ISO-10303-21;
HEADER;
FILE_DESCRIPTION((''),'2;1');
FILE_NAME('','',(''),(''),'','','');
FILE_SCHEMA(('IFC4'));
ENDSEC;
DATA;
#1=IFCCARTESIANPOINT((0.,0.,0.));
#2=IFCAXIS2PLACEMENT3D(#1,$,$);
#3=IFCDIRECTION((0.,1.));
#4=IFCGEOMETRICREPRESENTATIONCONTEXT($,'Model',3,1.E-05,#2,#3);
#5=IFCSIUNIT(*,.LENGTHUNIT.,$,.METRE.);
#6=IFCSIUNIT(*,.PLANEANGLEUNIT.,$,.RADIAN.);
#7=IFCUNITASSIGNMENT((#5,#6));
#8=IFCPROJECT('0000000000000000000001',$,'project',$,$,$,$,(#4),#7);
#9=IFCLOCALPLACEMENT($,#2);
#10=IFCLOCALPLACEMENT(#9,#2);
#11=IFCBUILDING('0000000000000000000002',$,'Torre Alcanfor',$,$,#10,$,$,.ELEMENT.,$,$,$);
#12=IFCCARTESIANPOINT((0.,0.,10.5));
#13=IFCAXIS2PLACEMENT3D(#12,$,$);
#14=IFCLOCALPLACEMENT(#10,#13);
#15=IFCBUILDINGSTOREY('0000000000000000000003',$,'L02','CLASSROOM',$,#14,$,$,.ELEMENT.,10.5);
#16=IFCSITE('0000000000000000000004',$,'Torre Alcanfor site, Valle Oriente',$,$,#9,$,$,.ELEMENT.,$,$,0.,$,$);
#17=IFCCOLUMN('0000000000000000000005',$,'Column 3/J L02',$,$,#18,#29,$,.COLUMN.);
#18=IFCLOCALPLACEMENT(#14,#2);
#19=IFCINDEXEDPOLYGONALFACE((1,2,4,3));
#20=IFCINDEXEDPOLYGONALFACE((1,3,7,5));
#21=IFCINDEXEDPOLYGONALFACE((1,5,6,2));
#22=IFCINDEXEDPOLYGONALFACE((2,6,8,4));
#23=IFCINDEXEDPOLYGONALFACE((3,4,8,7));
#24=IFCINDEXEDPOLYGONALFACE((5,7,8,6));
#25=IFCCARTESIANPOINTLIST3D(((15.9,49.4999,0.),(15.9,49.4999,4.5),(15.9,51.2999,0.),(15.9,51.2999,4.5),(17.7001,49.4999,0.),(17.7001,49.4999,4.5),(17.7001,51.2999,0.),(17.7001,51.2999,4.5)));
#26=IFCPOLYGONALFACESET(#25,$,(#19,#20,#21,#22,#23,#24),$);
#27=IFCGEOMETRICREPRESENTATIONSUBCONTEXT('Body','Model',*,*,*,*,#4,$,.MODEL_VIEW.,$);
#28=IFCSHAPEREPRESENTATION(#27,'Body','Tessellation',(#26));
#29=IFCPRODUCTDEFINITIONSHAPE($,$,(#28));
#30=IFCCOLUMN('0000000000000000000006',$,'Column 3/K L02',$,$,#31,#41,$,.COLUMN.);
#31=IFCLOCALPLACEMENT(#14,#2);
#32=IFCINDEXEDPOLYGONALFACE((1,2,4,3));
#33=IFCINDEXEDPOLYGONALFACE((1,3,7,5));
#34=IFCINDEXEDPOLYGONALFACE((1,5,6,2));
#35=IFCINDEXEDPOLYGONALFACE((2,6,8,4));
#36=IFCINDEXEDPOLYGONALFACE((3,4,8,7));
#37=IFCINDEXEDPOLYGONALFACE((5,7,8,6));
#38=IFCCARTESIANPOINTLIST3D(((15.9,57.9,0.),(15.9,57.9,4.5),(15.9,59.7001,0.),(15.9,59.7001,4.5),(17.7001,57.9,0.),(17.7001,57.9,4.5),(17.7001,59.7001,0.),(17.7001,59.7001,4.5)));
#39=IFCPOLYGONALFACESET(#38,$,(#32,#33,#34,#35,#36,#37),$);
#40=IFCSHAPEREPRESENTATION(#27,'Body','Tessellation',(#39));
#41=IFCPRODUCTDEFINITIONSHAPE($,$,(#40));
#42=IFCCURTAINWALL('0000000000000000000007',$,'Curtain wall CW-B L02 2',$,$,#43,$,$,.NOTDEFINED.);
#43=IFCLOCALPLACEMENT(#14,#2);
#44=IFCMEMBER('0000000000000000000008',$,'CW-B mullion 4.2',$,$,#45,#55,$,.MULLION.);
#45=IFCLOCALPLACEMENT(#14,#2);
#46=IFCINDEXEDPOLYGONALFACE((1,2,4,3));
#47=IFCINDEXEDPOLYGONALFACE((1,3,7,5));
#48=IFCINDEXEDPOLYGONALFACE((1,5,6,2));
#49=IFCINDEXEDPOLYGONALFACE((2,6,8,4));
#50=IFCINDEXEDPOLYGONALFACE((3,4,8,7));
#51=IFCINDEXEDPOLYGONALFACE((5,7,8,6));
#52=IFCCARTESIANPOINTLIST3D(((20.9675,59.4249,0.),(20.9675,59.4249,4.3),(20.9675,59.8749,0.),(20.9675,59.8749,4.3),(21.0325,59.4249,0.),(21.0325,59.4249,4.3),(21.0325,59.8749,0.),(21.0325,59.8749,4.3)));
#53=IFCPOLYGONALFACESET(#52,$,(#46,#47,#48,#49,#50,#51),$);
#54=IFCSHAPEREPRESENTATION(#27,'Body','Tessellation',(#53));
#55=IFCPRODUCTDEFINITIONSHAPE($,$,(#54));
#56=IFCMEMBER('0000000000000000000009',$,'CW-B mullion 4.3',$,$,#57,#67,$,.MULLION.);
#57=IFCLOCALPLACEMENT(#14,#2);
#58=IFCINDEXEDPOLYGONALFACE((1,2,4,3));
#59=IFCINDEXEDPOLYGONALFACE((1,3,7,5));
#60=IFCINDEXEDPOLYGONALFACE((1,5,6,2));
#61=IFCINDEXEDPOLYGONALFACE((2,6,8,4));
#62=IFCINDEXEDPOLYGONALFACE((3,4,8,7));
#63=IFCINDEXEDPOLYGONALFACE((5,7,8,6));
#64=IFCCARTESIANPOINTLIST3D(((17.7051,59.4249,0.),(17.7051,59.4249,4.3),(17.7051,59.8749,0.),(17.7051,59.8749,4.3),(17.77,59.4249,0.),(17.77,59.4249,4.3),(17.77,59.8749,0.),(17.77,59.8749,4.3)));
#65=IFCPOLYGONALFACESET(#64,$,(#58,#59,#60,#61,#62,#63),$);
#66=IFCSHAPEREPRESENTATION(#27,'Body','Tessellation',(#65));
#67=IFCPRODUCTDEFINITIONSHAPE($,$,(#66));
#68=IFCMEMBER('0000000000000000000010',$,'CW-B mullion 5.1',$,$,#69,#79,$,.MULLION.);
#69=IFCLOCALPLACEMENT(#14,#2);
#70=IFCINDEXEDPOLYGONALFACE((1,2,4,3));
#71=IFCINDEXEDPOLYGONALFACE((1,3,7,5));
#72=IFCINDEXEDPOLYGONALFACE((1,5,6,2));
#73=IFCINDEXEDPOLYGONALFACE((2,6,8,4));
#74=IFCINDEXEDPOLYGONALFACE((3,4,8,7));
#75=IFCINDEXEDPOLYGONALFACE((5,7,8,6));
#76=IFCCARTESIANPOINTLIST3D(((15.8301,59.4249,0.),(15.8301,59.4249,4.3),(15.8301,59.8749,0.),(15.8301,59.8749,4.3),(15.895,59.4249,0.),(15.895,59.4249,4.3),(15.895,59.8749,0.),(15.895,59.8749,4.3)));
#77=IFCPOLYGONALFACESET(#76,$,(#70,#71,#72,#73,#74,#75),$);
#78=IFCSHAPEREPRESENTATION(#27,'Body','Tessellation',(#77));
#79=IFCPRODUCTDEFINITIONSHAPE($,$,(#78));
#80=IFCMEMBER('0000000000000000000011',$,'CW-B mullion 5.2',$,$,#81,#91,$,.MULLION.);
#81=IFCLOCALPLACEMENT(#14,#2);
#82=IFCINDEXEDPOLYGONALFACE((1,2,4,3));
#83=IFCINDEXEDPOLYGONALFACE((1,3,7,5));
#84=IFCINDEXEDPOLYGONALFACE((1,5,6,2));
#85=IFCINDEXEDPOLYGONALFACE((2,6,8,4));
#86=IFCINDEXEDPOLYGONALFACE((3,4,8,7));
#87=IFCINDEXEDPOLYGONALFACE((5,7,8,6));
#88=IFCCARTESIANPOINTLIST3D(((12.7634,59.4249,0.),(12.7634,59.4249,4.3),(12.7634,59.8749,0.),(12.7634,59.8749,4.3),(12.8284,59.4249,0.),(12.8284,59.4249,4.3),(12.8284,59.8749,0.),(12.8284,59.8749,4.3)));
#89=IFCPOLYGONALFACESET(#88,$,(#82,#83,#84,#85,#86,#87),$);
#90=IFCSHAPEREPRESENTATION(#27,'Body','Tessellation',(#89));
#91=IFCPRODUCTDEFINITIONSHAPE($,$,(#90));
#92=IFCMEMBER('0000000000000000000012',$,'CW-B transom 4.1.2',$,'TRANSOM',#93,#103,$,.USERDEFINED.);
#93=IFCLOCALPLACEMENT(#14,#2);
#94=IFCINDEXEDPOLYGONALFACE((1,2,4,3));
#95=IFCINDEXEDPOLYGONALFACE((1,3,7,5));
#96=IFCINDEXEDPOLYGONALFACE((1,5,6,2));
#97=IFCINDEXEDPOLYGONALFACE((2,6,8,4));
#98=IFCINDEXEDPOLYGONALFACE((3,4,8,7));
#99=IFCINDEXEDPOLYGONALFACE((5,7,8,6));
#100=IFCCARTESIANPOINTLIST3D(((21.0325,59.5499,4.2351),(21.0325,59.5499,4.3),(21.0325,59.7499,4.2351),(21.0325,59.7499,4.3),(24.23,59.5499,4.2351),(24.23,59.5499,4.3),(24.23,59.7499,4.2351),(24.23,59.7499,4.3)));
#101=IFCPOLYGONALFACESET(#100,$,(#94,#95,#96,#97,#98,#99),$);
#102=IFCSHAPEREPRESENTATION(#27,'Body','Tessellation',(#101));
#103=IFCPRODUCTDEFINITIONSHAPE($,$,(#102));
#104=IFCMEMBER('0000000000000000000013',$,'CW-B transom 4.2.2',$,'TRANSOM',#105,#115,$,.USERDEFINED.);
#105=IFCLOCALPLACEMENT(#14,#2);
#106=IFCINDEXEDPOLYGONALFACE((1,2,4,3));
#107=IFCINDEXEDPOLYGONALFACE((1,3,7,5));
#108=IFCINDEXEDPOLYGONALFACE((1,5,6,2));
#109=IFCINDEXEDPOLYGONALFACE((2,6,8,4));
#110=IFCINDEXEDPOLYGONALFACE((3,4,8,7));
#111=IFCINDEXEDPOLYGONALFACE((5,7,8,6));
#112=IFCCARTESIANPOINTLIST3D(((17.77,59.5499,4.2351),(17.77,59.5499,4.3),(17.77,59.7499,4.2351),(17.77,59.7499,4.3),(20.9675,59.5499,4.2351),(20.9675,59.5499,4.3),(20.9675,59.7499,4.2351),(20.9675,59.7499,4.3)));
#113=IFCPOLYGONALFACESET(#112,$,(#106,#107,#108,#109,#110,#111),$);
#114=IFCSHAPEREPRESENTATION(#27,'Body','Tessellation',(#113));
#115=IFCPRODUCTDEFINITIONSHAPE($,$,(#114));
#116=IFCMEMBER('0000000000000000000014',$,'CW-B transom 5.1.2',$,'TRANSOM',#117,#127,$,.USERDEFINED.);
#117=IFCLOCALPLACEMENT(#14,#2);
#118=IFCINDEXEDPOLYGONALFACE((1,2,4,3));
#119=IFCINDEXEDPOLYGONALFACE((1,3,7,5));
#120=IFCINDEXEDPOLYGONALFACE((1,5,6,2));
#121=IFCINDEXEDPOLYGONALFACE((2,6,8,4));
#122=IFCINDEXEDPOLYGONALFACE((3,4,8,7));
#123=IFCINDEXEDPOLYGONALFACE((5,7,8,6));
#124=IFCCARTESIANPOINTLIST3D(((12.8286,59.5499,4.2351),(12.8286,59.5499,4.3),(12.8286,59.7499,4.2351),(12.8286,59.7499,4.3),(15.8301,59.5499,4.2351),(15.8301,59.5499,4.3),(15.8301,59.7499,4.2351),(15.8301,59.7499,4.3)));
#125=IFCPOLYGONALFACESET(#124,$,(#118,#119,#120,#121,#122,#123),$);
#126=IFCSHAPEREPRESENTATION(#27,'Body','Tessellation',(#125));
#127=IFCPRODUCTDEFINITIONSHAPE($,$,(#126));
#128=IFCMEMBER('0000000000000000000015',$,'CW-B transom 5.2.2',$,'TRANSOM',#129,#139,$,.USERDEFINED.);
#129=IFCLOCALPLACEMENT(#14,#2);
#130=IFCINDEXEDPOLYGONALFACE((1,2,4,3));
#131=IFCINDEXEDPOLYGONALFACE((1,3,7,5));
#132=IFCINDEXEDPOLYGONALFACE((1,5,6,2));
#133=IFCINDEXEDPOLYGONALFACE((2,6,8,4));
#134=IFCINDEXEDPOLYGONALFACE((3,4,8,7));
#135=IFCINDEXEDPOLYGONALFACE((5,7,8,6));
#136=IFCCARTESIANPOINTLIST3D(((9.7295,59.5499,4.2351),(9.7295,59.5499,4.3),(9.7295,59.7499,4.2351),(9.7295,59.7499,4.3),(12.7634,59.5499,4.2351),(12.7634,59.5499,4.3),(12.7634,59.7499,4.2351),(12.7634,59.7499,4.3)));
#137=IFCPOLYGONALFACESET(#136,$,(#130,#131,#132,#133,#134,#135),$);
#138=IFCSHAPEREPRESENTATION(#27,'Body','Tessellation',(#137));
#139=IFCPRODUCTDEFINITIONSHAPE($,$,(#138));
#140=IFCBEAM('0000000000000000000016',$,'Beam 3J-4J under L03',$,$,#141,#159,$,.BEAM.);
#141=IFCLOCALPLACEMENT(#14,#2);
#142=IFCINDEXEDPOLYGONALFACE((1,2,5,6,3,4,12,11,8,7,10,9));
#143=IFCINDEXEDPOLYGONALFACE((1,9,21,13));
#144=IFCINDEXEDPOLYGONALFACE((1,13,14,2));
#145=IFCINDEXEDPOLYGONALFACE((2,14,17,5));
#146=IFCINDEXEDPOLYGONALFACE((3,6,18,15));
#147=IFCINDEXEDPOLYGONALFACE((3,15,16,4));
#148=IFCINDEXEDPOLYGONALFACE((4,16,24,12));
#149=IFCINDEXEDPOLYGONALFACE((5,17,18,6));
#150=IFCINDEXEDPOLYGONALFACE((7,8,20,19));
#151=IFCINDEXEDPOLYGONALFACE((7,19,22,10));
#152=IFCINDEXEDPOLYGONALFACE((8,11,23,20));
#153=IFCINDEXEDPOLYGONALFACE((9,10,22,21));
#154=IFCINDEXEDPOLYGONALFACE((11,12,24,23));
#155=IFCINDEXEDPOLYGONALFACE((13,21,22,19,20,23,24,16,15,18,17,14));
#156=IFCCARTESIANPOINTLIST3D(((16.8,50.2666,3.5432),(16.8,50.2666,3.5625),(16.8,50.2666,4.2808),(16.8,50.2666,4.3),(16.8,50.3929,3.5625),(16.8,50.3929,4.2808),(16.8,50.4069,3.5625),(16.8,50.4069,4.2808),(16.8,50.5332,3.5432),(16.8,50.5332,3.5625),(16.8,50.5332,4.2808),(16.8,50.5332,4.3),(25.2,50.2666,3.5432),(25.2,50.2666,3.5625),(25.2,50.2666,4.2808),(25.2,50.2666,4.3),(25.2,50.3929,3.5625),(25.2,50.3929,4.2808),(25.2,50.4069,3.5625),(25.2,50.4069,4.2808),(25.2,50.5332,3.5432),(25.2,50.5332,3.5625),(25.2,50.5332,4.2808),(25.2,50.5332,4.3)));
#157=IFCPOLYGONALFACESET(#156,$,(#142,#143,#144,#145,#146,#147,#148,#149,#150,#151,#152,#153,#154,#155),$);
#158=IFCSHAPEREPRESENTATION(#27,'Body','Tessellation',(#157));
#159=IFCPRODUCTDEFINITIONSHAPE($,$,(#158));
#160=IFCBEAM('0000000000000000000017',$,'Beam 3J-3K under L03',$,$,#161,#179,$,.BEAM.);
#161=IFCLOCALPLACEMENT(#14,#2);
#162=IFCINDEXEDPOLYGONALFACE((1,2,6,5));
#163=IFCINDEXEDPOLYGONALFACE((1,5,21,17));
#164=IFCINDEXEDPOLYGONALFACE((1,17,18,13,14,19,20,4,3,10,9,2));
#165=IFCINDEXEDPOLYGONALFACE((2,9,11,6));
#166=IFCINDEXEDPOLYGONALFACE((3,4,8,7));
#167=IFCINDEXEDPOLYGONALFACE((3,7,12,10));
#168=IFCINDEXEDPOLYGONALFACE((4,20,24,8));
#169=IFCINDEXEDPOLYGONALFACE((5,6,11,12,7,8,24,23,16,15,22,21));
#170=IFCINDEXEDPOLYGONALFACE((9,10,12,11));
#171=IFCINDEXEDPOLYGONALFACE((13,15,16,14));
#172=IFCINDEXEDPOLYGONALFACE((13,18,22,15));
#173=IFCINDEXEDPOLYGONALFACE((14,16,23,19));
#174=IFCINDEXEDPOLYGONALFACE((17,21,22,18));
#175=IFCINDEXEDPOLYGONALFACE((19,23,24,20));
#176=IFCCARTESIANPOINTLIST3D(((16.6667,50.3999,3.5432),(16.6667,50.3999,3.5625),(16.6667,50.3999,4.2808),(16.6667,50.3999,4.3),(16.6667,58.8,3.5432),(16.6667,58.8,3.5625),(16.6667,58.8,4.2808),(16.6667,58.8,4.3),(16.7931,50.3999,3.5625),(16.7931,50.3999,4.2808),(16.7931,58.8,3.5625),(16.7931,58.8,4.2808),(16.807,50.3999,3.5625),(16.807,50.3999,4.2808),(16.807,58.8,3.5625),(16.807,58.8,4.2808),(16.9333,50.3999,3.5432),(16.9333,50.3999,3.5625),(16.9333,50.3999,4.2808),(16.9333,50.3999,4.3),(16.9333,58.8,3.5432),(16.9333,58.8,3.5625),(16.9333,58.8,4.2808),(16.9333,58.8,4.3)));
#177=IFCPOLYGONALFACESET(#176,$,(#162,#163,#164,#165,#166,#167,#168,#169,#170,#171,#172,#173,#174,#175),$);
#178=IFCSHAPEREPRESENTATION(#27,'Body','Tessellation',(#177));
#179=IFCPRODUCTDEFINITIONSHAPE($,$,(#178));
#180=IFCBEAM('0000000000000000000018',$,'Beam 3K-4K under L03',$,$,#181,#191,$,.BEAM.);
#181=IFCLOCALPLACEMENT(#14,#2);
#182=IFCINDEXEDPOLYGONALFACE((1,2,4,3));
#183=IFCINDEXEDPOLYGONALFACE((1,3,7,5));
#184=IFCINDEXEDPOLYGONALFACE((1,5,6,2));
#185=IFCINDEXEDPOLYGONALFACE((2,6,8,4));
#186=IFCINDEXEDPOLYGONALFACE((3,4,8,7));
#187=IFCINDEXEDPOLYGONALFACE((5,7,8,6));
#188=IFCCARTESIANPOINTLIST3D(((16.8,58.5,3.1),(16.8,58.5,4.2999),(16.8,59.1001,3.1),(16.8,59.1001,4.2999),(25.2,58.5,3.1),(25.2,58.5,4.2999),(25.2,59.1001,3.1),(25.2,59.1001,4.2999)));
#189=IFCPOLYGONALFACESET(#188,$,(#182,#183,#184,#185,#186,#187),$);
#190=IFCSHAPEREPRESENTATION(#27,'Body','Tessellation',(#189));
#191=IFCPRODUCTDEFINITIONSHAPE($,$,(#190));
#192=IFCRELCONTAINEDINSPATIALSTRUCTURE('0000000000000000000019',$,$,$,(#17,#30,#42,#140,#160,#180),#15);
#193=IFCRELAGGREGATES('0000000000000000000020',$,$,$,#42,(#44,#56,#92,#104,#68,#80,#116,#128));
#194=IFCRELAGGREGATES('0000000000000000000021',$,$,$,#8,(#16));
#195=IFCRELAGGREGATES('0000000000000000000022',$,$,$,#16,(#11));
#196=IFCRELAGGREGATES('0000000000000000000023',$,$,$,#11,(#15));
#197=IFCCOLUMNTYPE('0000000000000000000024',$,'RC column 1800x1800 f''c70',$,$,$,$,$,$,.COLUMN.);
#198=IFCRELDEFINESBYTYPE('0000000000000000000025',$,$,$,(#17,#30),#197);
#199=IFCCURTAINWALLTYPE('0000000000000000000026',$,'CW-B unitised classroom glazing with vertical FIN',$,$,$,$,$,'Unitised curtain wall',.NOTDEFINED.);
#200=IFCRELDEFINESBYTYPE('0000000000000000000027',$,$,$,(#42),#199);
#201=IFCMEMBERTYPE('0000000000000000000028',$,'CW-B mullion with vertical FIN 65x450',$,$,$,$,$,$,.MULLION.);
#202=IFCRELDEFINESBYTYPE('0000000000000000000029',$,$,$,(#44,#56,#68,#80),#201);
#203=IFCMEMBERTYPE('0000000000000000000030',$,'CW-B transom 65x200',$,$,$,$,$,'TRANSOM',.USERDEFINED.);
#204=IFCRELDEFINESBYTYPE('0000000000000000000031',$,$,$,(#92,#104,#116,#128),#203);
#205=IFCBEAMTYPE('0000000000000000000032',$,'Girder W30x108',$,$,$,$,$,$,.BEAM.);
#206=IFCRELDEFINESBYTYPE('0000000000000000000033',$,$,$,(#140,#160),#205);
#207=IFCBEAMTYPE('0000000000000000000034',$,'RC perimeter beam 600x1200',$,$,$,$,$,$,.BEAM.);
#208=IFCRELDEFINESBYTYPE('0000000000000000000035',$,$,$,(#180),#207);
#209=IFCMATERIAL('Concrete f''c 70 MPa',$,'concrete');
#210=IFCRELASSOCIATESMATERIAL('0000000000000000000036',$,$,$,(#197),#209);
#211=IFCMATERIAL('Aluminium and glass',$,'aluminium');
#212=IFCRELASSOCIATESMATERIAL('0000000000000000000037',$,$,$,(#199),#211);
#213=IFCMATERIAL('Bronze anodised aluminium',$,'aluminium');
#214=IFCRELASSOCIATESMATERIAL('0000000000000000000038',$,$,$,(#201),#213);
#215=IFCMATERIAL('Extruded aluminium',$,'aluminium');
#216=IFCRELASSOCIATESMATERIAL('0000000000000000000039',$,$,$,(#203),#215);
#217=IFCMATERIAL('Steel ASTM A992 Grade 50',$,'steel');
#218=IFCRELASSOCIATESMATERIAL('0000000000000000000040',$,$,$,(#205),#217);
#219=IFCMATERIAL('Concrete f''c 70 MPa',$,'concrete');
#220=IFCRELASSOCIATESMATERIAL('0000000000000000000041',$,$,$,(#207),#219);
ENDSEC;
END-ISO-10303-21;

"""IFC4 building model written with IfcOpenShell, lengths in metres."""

from ifc_helpers import new_model, si_unit, direction, frame, origin, origin_2d, place, context, subcontext, project, spatial, rectangle, i_section, extrude, material, material_profile, profile_set, type_object, element, aggregate, save


model = new_model("IFC4")

# Units and contexts
model_context = context("Model", 3, precision=1e-05, world=origin(), true_north=direction((0.0, 1.0)))
body_context = subcontext(model_context, "Body", "Model", "MODEL_VIEW")
ifc_project = project(units=[si_unit("LENGTHUNIT", "METRE"), si_unit("PLANEANGLEUNIT", "RADIAN")], contexts=[model_context])

# Site, building, storey
site_placement = place(None, origin())
site = spatial("IfcSite", under=ifc_project, at=site_placement, Name="Torre Alcanfor site, Valle Oriente", CompositionType="ELEMENT", RefElevation=0.0)
building_placement = place(site_placement, origin())
building = spatial("IfcBuilding", under=site, at=building_placement, Name="Torre Alcanfor", CompositionType="ELEMENT")
storey_placement = place(building_placement, frame((0.0, 0.0, 10.5)))
storey = spatial("IfcBuildingStorey", under=building, at=storey_placement, Name="L02", Description="CLASSROOM", CompositionType="ELEMENT", Elevation=10.5)

# Columns
ifc_material_1 = material(Name="Concrete f'c 70 MPa", Category="concrete")
ifc_material_profile_1 = material_profile(ifc_material_1, rectangle(XDim=1.8, YDim=1.8, at=origin_2d()), Name="1800x1800")
ifc_profile_set_1 = profile_set([ifc_material_profile_1], Name="Concrete f'c 70 MPa")
column_type = type_object("IfcColumnType", Name="RC column 1800x1800 f'c70", PredefinedType="COLUMN", material=ifc_profile_set_1)
for number, where, z_axis, x_axis, name in (
    (1, (16.8, 50.3999, 0.0), (0.0, 0.0, 1.0), (1.0, 0.0, 0.0), "Column 3/J L02"),
    (2, (16.8, 58.8, 0.0), (0.0, 0.0, 1.0), (1.0, 0.0, 0.0), "Column 3/K L02"),
):
    element("IfcColumn", number, at=place(storey_placement, frame(where, z_axis=z_axis, x_axis=x_axis)), inside=storey, type_object=column_type, Name=name, PredefinedType="COLUMN", context=body_context, shape_type="SweptSolid", body=[
        extrude(rectangle(XDim=1.8, YDim=1.8, at=origin_2d()), origin(), (0.0, 0.0, 1.0), 4.5),
    ])

# Curtain wall, members
ifc_material_2 = material(Name="Aluminium and glass", Category="aluminium")
curtain_wall_type = type_object("IfcCurtainWallType", Name="CW-B unitised classroom glazing with vertical FIN", ElementType="Unitised curtain wall", PredefinedType="NOTDEFINED", material=ifc_material_2)
curtain_wall_placement = place(storey_placement, origin())
curtain_wall = element("IfcCurtainWall", 3, at=curtain_wall_placement, inside=storey, type_object=curtain_wall_type, Name="Curtain wall CW-B L02 2", PredefinedType="NOTDEFINED")
ifc_material_3 = material(Name="Bronze anodised aluminium", Category="aluminium")
ifc_material_profile_2 = material_profile(ifc_material_3, rectangle(XDim=0.45, YDim=0.0649, at=origin_2d()), Name="CW-B mullion 65x450")
ifc_profile_set_2 = profile_set([ifc_material_profile_2], Name="Bronze anodised aluminium")
member_type_1 = type_object("IfcMemberType", Name="CW-B mullion with vertical FIN 65x450", PredefinedType="MULLION", material=ifc_profile_set_2)
member_1_placement = place(storey_placement, frame((21.0, 59.6499, 0.0), z_axis=(0.0, 0.0, 1.0), x_axis=(0.0, -1.0, 0.0)))
member_1 = element("IfcMember", 4, at=member_1_placement, type_object=member_type_1, Name="CW-B mullion 4.2", PredefinedType="MULLION", context=body_context, shape_type="SweptSolid", body=[
    extrude(rectangle(XDim=0.45, YDim=0.0649, at=origin_2d()), origin(), (0.0, 0.0, 1.0), 4.3),
])
member_2_placement = place(storey_placement, frame((17.7375, 59.6499, 0.0), z_axis=(0.0, 0.0, 1.0), x_axis=(0.0, -1.0, 0.0)))
member_2 = element("IfcMember", 5, at=member_2_placement, type_object=member_type_1, Name="CW-B mullion 4.3", PredefinedType="MULLION", context=body_context, shape_type="SweptSolid", body=[
    extrude(rectangle(XDim=0.45, YDim=0.0649, at=origin_2d()), origin(), (0.0, 0.0, 1.0), 4.3),
])
member_3_placement = place(storey_placement, frame((15.8625, 59.6499, 0.0), z_axis=(0.0, 0.0, 1.0), x_axis=(0.0, -1.0, 0.0)))
member_3 = element("IfcMember", 6, at=member_3_placement, type_object=member_type_1, Name="CW-B mullion 5.1", PredefinedType="MULLION", context=body_context, shape_type="SweptSolid", body=[
    extrude(rectangle(XDim=0.45, YDim=0.0649, at=origin_2d()), origin(), (0.0, 0.0, 1.0), 4.3),
])
member_4_placement = place(storey_placement, frame((12.7959, 59.6499, 0.0), z_axis=(0.0, 0.0, 1.0), x_axis=(0.0, -1.0, 0.0)))
member_4 = element("IfcMember", 7, at=member_4_placement, type_object=member_type_1, Name="CW-B mullion 5.2", PredefinedType="MULLION", context=body_context, shape_type="SweptSolid", body=[
    extrude(rectangle(XDim=0.45, YDim=0.0649, at=origin_2d()), origin(), (0.0, 0.0, 1.0), 4.3),
])
ifc_material_4 = material(Name="Extruded aluminium", Category="aluminium")
ifc_material_profile_3 = material_profile(ifc_material_4, rectangle(XDim=0.2, YDim=0.0649, at=origin_2d()), Name="CW-B transom 200x65")
ifc_profile_set_3 = profile_set([ifc_material_profile_3], Name="Extruded aluminium")
member_type_2 = type_object("IfcMemberType", Name="CW-B transom 65x200", ElementType="TRANSOM", PredefinedType="USERDEFINED", material=ifc_profile_set_3)
member_5_placement = place(storey_placement, frame((24.23, 59.6499, 4.2676), z_axis=(-1.0, 0.0, 0.0), x_axis=(0.0, -1.0, 0.0)))
member_5 = element("IfcMember", 8, at=member_5_placement, type_object=member_type_2, Name="CW-B transom 4.1.2", ObjectType="TRANSOM", PredefinedType="USERDEFINED", context=body_context, shape_type="SweptSolid", body=[
    extrude(rectangle(XDim=0.2, YDim=0.0649, at=origin_2d()), origin(), (0.0, 0.0, 1.0), 3.1975),
])
member_6_placement = place(storey_placement, frame((20.9675, 59.6499, 4.2676), z_axis=(-1.0, 0.0, 0.0), x_axis=(0.0, -1.0, 0.0)))
member_6 = element("IfcMember", 9, at=member_6_placement, type_object=member_type_2, Name="CW-B transom 4.2.2", ObjectType="TRANSOM", PredefinedType="USERDEFINED", context=body_context, shape_type="SweptSolid", body=[
    extrude(rectangle(XDim=0.2, YDim=0.0649, at=origin_2d()), origin(), (0.0, 0.0, 1.0), 3.1975),
])
member_7_placement = place(storey_placement, frame((15.8301, 59.6499, 4.2676), z_axis=(-1.0, 0.0, 0.0), x_axis=(0.0, -1.0, 0.0)))
member_7 = element("IfcMember", 10, at=member_7_placement, type_object=member_type_2, Name="CW-B transom 5.1.2", ObjectType="TRANSOM", PredefinedType="USERDEFINED", context=body_context, shape_type="SweptSolid", body=[
    extrude(rectangle(XDim=0.2, YDim=0.0649, at=origin_2d()), origin(), (0.0, 0.0, 1.0), 3.0015),
])
member_8_placement = place(storey_placement, frame((12.7634, 59.6499, 4.2676), z_axis=(-1.0, 0.0, 0.0), x_axis=(0.0, -1.0, 0.0)))
member_8 = element("IfcMember", 11, at=member_8_placement, type_object=member_type_2, Name="CW-B transom 5.2.2", ObjectType="TRANSOM", PredefinedType="USERDEFINED", context=body_context, shape_type="SweptSolid", body=[
    extrude(rectangle(XDim=0.2, YDim=0.0649, at=origin_2d()), origin(), (0.0, 0.0, 1.0), 3.0339),
])

# Beams
ifc_material_5 = material(Name="Steel ASTM A992 Grade 50", Category="steel")
ifc_material_profile_4 = material_profile(ifc_material_5, i_section(OverallWidth=0.2666, OverallDepth=0.7568, WebThickness=0.0139, FlangeThickness=0.0193, at=origin_2d()), Name="W30x108")
ifc_profile_set_4 = profile_set([ifc_material_profile_4], Name="Steel ASTM A992 Grade 50")
beam_type_1 = type_object("IfcBeamType", Name="Girder W30x108", PredefinedType="BEAM", material=ifc_profile_set_4)
beam_1_placement = place(storey_placement, frame((16.8, 50.3999, 3.9216), z_axis=(1.0, 0.0, 0.0), x_axis=(0.0, 1.0, 0.0)))
element("IfcBeam", 12, at=beam_1_placement, inside=storey, type_object=beam_type_1, Name="Beam 3J-4J under L03", PredefinedType="BEAM", context=body_context, shape_type="SweptSolid", body=[
    extrude(i_section(OverallWidth=0.2666, OverallDepth=0.7568, WebThickness=0.0139, FlangeThickness=0.0193, at=origin_2d()), origin(), (0.0, 0.0, 1.0), 8.3999),
])
beam_2_placement = place(storey_placement, frame((16.8, 50.3999, 3.9216), z_axis=(0.0, 1.0, 0.0), x_axis=(-1.0, 0.0, 0.0)))
element("IfcBeam", 13, at=beam_2_placement, inside=storey, type_object=beam_type_1, Name="Beam 3J-3K under L03", PredefinedType="BEAM", context=body_context, shape_type="SweptSolid", body=[
    extrude(i_section(OverallWidth=0.2666, OverallDepth=0.7568, WebThickness=0.0139, FlangeThickness=0.0193, at=origin_2d()), origin(), (0.0, 0.0, 1.0), 8.4001),
])
ifc_material_6 = material(Name="Concrete f'c 70 MPa", Category="concrete")
ifc_material_profile_5 = material_profile(ifc_material_6, rectangle(XDim=0.6001, YDim=1.2, at=origin_2d()), Name="600x1200")
ifc_profile_set_5 = profile_set([ifc_material_profile_5], Name="Concrete f'c 70 MPa")
beam_type_2 = type_object("IfcBeamType", Name="RC perimeter beam 600x1200", PredefinedType="BEAM", material=ifc_profile_set_5)
beam_3_placement = place(storey_placement, frame((16.8, 58.8, 3.7), z_axis=(1.0, 0.0, 0.0), x_axis=(0.0, 1.0, 0.0)))
element("IfcBeam", 14, at=beam_3_placement, inside=storey, type_object=beam_type_2, Name="Beam 3K-4K under L03", PredefinedType="BEAM", context=body_context, shape_type="SweptSolid", body=[
    extrude(rectangle(XDim=0.6001, YDim=1.2, at=origin_2d()), origin(), (0.0, 0.0, 1.0), 8.3999),
])

aggregate(curtain_wall, [member_1, member_2, member_5, member_6, member_3, member_4, member_7, member_8])

save(model, "model.ifc")
